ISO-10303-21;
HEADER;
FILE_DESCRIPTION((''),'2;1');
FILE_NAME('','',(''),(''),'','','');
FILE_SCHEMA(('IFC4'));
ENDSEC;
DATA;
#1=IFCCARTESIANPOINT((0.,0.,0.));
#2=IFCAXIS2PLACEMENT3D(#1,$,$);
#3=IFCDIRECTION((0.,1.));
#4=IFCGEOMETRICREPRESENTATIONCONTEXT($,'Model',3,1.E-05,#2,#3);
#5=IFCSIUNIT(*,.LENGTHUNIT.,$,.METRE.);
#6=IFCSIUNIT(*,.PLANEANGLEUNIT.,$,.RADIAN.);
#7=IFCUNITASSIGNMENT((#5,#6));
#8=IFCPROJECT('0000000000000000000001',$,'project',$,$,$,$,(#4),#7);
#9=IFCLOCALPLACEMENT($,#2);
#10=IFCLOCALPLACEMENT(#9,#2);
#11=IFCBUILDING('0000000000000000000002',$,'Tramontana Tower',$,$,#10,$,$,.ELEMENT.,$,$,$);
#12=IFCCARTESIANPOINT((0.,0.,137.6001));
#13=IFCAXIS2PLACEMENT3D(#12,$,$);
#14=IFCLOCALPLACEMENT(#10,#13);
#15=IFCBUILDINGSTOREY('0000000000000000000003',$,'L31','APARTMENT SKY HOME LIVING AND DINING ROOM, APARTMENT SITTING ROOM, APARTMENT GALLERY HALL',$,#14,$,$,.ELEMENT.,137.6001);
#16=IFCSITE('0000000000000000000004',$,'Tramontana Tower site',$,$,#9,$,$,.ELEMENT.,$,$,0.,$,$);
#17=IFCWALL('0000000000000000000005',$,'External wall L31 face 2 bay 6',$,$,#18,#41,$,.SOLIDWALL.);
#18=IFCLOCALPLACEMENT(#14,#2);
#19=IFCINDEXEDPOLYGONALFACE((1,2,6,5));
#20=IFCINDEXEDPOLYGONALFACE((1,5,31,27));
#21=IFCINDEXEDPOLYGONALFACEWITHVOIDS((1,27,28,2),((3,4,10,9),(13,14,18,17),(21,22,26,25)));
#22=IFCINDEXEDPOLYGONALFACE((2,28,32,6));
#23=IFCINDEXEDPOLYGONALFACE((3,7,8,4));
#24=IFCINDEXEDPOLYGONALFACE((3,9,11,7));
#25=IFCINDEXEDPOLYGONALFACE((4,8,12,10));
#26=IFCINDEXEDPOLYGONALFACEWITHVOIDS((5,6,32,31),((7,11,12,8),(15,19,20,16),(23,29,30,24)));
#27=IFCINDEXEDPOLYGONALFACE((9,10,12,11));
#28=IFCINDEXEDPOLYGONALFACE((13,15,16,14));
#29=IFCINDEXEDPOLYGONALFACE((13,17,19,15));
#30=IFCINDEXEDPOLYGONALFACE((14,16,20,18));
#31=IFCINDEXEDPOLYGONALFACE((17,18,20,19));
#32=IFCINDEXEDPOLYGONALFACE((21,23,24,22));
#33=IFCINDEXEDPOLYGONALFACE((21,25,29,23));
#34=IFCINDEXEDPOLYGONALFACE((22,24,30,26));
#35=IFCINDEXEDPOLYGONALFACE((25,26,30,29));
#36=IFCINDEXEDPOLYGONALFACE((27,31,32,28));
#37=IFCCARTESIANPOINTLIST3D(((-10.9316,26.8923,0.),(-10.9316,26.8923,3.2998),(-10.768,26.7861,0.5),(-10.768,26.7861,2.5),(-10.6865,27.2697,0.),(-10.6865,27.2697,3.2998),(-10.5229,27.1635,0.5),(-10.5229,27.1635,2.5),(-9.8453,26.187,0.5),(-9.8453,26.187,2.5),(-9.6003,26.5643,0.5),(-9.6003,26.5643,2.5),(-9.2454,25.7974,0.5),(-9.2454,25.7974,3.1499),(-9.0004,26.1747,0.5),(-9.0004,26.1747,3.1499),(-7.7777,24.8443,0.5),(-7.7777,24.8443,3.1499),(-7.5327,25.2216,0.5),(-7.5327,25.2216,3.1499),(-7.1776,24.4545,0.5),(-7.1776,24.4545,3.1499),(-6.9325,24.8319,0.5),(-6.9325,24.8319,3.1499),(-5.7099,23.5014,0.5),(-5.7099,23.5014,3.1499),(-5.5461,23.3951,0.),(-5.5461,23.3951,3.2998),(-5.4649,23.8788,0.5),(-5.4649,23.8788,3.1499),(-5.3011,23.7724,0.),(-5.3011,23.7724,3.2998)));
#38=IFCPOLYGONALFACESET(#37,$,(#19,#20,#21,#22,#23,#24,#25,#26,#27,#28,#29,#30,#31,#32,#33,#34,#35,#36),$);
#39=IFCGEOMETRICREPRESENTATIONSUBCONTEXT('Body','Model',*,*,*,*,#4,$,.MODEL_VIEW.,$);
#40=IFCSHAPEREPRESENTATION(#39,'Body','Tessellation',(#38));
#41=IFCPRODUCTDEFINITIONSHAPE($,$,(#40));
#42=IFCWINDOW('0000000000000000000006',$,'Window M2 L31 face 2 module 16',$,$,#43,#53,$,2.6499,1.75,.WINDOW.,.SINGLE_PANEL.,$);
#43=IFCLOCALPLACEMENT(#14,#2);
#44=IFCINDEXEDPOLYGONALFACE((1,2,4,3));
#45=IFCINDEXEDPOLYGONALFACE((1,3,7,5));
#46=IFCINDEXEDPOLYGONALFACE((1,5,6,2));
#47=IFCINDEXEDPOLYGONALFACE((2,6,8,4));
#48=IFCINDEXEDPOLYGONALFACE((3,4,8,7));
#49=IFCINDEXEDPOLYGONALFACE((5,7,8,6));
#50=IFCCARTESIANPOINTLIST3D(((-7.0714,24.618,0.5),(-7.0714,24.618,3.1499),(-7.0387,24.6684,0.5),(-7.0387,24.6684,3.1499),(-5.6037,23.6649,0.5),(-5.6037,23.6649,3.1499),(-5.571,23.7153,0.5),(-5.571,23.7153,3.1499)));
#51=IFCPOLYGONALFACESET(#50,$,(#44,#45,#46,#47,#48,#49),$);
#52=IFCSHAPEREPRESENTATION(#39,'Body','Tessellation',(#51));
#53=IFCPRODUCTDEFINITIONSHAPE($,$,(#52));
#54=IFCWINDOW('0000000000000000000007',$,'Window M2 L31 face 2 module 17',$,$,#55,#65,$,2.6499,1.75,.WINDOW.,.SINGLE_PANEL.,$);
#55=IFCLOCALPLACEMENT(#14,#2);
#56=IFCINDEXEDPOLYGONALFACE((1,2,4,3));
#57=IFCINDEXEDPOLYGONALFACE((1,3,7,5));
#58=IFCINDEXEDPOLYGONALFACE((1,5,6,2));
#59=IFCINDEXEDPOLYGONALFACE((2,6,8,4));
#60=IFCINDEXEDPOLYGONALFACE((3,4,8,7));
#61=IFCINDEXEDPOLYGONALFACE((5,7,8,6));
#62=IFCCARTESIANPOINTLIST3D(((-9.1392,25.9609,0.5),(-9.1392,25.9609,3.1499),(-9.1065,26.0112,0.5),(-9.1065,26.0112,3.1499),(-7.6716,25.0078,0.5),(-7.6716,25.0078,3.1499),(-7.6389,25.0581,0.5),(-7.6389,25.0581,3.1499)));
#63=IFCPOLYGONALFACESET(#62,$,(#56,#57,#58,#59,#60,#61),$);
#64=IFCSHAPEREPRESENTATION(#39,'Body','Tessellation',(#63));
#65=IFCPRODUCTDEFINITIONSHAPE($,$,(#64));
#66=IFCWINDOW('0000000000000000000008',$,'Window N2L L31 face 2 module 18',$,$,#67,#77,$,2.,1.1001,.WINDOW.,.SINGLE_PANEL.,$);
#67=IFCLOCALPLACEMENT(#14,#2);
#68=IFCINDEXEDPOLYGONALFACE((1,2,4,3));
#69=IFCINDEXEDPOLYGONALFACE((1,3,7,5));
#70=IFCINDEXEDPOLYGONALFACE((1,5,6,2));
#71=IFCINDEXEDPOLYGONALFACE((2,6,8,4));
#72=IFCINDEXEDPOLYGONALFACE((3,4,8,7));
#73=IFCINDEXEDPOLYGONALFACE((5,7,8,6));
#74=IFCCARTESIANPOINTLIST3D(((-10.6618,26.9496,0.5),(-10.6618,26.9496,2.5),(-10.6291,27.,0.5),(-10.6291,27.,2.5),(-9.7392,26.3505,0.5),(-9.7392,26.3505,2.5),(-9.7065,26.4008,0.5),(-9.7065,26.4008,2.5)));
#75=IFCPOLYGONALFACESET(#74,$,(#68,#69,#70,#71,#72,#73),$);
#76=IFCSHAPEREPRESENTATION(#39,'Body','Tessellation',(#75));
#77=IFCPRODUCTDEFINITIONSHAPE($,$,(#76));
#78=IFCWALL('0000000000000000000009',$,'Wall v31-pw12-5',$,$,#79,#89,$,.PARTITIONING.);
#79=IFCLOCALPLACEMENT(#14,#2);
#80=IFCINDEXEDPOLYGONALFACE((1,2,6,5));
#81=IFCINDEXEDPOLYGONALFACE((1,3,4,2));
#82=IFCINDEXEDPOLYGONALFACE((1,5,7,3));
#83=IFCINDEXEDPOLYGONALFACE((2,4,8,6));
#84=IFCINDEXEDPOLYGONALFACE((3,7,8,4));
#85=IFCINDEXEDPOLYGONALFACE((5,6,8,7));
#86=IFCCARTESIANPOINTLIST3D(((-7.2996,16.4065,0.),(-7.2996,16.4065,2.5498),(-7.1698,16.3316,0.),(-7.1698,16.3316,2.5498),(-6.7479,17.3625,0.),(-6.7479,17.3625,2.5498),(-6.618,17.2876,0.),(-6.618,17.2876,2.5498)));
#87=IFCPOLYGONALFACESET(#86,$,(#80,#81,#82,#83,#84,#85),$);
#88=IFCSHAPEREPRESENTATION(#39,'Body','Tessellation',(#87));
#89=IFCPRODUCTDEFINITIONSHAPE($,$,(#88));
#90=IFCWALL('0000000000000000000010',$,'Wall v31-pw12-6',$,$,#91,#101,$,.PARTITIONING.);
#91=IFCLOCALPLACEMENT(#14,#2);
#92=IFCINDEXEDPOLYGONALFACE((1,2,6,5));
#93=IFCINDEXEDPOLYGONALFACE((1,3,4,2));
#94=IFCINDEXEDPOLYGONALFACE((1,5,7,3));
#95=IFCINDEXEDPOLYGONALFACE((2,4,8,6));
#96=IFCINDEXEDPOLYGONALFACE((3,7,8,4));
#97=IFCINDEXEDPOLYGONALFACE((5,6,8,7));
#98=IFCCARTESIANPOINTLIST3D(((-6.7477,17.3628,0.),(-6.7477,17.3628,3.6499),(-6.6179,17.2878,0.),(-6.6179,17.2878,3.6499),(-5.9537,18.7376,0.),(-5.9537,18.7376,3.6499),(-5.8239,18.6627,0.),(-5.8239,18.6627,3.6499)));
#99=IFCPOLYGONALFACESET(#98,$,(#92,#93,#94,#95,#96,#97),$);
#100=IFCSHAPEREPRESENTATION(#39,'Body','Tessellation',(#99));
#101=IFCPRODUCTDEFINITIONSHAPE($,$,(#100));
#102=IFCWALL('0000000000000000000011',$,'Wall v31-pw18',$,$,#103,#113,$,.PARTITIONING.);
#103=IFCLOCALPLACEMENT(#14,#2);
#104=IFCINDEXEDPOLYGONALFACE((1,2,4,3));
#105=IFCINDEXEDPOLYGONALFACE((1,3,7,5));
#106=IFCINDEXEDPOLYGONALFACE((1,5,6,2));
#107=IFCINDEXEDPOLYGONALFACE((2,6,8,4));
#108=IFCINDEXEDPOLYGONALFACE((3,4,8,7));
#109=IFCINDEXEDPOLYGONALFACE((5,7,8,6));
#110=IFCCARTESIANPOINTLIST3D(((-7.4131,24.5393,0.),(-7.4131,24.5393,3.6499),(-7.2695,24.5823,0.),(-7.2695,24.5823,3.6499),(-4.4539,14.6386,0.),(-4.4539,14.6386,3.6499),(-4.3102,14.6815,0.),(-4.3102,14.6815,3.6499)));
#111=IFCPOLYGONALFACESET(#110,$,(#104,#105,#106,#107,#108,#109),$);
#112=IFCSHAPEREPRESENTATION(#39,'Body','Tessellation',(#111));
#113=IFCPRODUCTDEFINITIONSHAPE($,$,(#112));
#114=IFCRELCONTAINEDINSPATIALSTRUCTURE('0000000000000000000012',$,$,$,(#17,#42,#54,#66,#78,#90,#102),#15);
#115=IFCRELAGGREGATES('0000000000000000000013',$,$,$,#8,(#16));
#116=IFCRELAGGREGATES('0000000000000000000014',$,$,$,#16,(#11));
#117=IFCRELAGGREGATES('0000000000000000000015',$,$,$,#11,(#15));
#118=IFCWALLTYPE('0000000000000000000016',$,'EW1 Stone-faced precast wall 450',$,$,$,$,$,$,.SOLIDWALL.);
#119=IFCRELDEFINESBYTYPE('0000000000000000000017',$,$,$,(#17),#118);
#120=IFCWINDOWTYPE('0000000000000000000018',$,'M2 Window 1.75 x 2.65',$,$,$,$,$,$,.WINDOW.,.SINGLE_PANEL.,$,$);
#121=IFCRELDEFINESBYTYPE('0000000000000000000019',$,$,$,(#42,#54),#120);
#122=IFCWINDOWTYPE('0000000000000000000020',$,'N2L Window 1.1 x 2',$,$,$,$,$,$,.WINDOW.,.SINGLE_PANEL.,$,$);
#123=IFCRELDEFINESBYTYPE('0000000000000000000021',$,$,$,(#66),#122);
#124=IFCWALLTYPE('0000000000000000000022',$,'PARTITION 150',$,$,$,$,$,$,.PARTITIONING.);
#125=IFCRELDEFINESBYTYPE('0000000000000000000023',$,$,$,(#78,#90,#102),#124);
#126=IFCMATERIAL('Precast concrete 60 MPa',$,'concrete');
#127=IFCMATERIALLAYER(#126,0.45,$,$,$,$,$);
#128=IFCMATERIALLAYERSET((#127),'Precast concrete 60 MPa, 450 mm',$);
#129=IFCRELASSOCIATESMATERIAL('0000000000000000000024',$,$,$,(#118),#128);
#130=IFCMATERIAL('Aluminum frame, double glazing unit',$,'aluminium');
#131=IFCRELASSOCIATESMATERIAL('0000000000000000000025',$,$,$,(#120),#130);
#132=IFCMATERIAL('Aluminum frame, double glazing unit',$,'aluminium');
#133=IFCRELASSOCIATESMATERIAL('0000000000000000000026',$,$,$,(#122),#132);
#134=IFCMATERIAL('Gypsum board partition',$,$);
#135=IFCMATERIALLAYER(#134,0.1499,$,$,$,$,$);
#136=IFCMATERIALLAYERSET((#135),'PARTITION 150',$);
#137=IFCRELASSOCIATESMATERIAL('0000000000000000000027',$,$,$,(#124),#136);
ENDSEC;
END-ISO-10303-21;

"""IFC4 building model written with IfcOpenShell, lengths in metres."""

from ifc_helpers import new_model, si_unit, direction, frame, frame_2d, origin, place, context, subcontext, project, spatial, rectangle, extrude, material, layer, layer_set, type_object, element, fill, save


model = new_model("IFC4")

# Units and contexts
model_context = context("Model", 3, precision=1e-05, world=origin(), true_north=direction((0.0, 1.0)))
body_context = subcontext(model_context, "Body", "Model", "MODEL_VIEW")
ifc_project = project(units=[si_unit("LENGTHUNIT", "METRE"), si_unit("PLANEANGLEUNIT", "RADIAN")], contexts=[model_context])

# Site, building, storey
site_placement = place(None, origin())
site = spatial("IfcSite", under=ifc_project, at=site_placement, Name="Tramontana Tower site", CompositionType="ELEMENT", RefElevation=0.0)
building_placement = place(site_placement, origin())
building = spatial("IfcBuilding", under=site, at=building_placement, Name="Tramontana Tower", CompositionType="ELEMENT")
storey_placement = place(building_placement, frame((0.0, 0.0, 137.6001)))
storey = spatial("IfcBuildingStorey", under=building, at=storey_placement, Name="L31", Description="APARTMENT SKY HOME LIVING AND DINING ROOM, APARTMENT SITTING ROOM, APARTMENT GALLERY HALL", CompositionType="ELEMENT", Elevation=137.6001)

# Wall, openings, windows
ifc_material_1 = material(Name="Precast concrete 60 MPa", Category="concrete")
ifc_layer_1 = layer(ifc_material_1, 0.45)
ifc_layer_set_1 = layer_set([ifc_layer_1], Name="Precast concrete 60 MPa, 450 mm")
wall_type_1 = type_object("IfcWallType", Name="EW1 Stone-faced precast wall 450", PredefinedType="SOLIDWALL", material=ifc_layer_set_1)
ifc_material_2 = material(Name="Aluminum frame, double glazing unit", Category="aluminium")
window_type_1 = type_object("IfcWindowType", Name="M2 Window 1.75 x 2.65", PartitioningType="SINGLE_PANEL", PredefinedType="WINDOW", material=ifc_material_2)
wall_1_placement = place(storey_placement, frame((-5.4236, 23.5837, 0.0), z_axis=(0.0, 0.0, 1.0), x_axis=(-0.838675, 0.544631, 0.0)))
wall_1 = element("IfcWall", 1, at=wall_1_placement, inside=storey, type_object=wall_type_1, Name="External wall L31 face 2 bay 6", PredefinedType="SOLIDWALL", context=body_context, shape_type="SweptSolid", body=[
    extrude(rectangle(XDim=6.4214, YDim=0.45, at=frame_2d((3.2107, 0.0))), origin(), (0.0, 0.0, 1.0), 3.2998),
])
opening_1_placement = place(wall_1_placement, frame((0.1953, 0.0, 0.5)))
opening_1 = element("IfcOpeningElement", 2, at=opening_1_placement, cuts=wall_1, PredefinedType="OPENING", context=body_context, shape_type="SweptSolid", body=[
    extrude(rectangle(XDim=1.75, YDim=2.6499, at=frame_2d((0.875, 1.325))), frame((0.0, 0.2349, 0.0), z_axis=(0.0, -1.0, 0.0), x_axis=(1.0, 0.0, 0.0)), (0.0, 0.0, 1.0), 0.47),
])
opening_2_placement = place(wall_1_placement, frame((2.6609, 0.0, 0.5)))
opening_2 = element("IfcOpeningElement", 3, at=opening_2_placement, cuts=wall_1, PredefinedType="OPENING", context=body_context, shape_type="SweptSolid", body=[
    extrude(rectangle(XDim=1.75, YDim=2.6499, at=frame_2d((0.875, 1.325))), frame((0.0, 0.2349, 0.0), z_axis=(0.0, -1.0, 0.0), x_axis=(1.0, 0.0, 0.0)), (0.0, 0.0, 1.0), 0.47),
])
opening_3_placement = place(wall_1_placement, frame((5.1262, 0.0, 0.5)))
opening_3 = element("IfcOpeningElement", 4, at=opening_3_placement, cuts=wall_1, PredefinedType="OPENING", context=body_context, shape_type="SweptSolid", body=[
    extrude(rectangle(XDim=1.1001, YDim=2.0, at=frame_2d((0.55, 1.0))), frame((0.0, 0.2349, 0.0), z_axis=(0.0, -1.0, 0.0), x_axis=(1.0, 0.0, 0.0)), (0.0, 0.0, 1.0), 0.47),
])
window_1_placement = place(opening_1_placement, origin())
window_1 = element("IfcWindow", 5, at=window_1_placement, inside=storey, type_object=window_type_1, Name="Window M2 L31 face 2 module 16", OverallHeight=2.6499, OverallWidth=1.75, PartitioningType="SINGLE_PANEL", PredefinedType="WINDOW", context=body_context, shape_type="SweptSolid", body=[
    extrude(rectangle(XDim=1.75, YDim=2.6499, at=frame_2d((0.875, 1.325))), frame((0.0, 0.03, 0.0), z_axis=(0.0, -1.0, 0.0), x_axis=(1.0, 0.0, 0.0)), (0.0, 0.0, 1.0), 0.0601),
])
fill(opening_1, window_1)
window_2_placement = place(opening_2_placement, origin())
window_2 = element("IfcWindow", 6, at=window_2_placement, inside=storey, type_object=window_type_1, Name="Window M2 L31 face 2 module 17", OverallHeight=2.6499, OverallWidth=1.75, PartitioningType="SINGLE_PANEL", PredefinedType="WINDOW", context=body_context, shape_type="SweptSolid", body=[
    extrude(rectangle(XDim=1.75, YDim=2.6499, at=frame_2d((0.875, 1.325))), frame((0.0, 0.03, 0.0), z_axis=(0.0, -1.0, 0.0), x_axis=(1.0, 0.0, 0.0)), (0.0, 0.0, 1.0), 0.0601),
])
fill(opening_2, window_2)
ifc_material_3 = material(Name="Aluminum frame, double glazing unit", Category="aluminium")
window_type_2 = type_object("IfcWindowType", Name="N2L Window 1.1 x 2", PartitioningType="SINGLE_PANEL", PredefinedType="WINDOW", material=ifc_material_3)
window_3_placement = place(opening_3_placement, origin())
window_3 = element("IfcWindow", 7, at=window_3_placement, inside=storey, type_object=window_type_2, Name="Window N2L L31 face 2 module 18", OverallHeight=2.0, OverallWidth=1.1001, PartitioningType="SINGLE_PANEL", PredefinedType="WINDOW", context=body_context, shape_type="SweptSolid", body=[
    extrude(rectangle(XDim=1.1001, YDim=2.0, at=frame_2d((0.55, 1.0))), frame((0.0, 0.03, 0.0), z_axis=(0.0, -1.0, 0.0), x_axis=(1.0, 0.0, 0.0)), (0.0, 0.0, 1.0), 0.0601),
])
fill(opening_3, window_3)

# Walls
ifc_material_4 = material(Name="Gypsum board partition")
ifc_layer_2 = layer(ifc_material_4, 0.1499)
ifc_layer_set_2 = layer_set([ifc_layer_2], Name="PARTITION 150")
wall_type_2 = type_object("IfcWallType", Name="PARTITION 150", PredefinedType="PARTITIONING", material=ifc_layer_set_2)
wall_2_placement = place(storey_placement, frame((-7.2346, 16.3691, 0.0), z_axis=(0.0, 0.0, 1.0), x_axis=(0.49985, 0.866112, 0.0)))
element("IfcWall", 8, at=wall_2_placement, inside=storey, type_object=wall_type_2, Name="Wall v31-pw12-5", PredefinedType="PARTITIONING", context=body_context, shape_type="SweptSolid", body=[
    extrude(rectangle(XDim=1.1038, YDim=0.1499, at=frame_2d((0.5518, 0.0))), origin(), (0.0, 0.0, 1.0), 2.5498),
])
wall_3_placement = place(storey_placement, frame((-6.6829, 17.3252, 0.0), z_axis=(0.0, 0.0, 1.0), x_axis=(0.500108, 0.865963, 0.0)))
element("IfcWall", 9, at=wall_3_placement, inside=storey, type_object=wall_type_2, Name="Wall v31-pw12-6", PredefinedType="PARTITIONING", context=body_context, shape_type="SweptSolid", body=[
    extrude(rectangle(XDim=1.5876, YDim=0.1499, at=frame_2d((0.7939, 0.0))), origin(), (0.0, 0.0, 1.0), 3.6499),
])
wall_4_placement = place(storey_placement, frame((-7.3413, 24.5608, 0.0), z_axis=(0.0, 0.0, 1.0), x_axis=(0.286375, -0.958118, 0.0)))
element("IfcWall", 10, at=wall_4_placement, inside=storey, type_object=wall_type_2, Name="Wall v31-pw18", PredefinedType="PARTITIONING", context=body_context, shape_type="SweptSolid", body=[
    extrude(rectangle(XDim=10.3335, YDim=0.1499, at=frame_2d((5.1667, 0.0))), origin(), (0.0, 0.0, 1.0), 3.6499),
])

save(model, "model.ifc")
